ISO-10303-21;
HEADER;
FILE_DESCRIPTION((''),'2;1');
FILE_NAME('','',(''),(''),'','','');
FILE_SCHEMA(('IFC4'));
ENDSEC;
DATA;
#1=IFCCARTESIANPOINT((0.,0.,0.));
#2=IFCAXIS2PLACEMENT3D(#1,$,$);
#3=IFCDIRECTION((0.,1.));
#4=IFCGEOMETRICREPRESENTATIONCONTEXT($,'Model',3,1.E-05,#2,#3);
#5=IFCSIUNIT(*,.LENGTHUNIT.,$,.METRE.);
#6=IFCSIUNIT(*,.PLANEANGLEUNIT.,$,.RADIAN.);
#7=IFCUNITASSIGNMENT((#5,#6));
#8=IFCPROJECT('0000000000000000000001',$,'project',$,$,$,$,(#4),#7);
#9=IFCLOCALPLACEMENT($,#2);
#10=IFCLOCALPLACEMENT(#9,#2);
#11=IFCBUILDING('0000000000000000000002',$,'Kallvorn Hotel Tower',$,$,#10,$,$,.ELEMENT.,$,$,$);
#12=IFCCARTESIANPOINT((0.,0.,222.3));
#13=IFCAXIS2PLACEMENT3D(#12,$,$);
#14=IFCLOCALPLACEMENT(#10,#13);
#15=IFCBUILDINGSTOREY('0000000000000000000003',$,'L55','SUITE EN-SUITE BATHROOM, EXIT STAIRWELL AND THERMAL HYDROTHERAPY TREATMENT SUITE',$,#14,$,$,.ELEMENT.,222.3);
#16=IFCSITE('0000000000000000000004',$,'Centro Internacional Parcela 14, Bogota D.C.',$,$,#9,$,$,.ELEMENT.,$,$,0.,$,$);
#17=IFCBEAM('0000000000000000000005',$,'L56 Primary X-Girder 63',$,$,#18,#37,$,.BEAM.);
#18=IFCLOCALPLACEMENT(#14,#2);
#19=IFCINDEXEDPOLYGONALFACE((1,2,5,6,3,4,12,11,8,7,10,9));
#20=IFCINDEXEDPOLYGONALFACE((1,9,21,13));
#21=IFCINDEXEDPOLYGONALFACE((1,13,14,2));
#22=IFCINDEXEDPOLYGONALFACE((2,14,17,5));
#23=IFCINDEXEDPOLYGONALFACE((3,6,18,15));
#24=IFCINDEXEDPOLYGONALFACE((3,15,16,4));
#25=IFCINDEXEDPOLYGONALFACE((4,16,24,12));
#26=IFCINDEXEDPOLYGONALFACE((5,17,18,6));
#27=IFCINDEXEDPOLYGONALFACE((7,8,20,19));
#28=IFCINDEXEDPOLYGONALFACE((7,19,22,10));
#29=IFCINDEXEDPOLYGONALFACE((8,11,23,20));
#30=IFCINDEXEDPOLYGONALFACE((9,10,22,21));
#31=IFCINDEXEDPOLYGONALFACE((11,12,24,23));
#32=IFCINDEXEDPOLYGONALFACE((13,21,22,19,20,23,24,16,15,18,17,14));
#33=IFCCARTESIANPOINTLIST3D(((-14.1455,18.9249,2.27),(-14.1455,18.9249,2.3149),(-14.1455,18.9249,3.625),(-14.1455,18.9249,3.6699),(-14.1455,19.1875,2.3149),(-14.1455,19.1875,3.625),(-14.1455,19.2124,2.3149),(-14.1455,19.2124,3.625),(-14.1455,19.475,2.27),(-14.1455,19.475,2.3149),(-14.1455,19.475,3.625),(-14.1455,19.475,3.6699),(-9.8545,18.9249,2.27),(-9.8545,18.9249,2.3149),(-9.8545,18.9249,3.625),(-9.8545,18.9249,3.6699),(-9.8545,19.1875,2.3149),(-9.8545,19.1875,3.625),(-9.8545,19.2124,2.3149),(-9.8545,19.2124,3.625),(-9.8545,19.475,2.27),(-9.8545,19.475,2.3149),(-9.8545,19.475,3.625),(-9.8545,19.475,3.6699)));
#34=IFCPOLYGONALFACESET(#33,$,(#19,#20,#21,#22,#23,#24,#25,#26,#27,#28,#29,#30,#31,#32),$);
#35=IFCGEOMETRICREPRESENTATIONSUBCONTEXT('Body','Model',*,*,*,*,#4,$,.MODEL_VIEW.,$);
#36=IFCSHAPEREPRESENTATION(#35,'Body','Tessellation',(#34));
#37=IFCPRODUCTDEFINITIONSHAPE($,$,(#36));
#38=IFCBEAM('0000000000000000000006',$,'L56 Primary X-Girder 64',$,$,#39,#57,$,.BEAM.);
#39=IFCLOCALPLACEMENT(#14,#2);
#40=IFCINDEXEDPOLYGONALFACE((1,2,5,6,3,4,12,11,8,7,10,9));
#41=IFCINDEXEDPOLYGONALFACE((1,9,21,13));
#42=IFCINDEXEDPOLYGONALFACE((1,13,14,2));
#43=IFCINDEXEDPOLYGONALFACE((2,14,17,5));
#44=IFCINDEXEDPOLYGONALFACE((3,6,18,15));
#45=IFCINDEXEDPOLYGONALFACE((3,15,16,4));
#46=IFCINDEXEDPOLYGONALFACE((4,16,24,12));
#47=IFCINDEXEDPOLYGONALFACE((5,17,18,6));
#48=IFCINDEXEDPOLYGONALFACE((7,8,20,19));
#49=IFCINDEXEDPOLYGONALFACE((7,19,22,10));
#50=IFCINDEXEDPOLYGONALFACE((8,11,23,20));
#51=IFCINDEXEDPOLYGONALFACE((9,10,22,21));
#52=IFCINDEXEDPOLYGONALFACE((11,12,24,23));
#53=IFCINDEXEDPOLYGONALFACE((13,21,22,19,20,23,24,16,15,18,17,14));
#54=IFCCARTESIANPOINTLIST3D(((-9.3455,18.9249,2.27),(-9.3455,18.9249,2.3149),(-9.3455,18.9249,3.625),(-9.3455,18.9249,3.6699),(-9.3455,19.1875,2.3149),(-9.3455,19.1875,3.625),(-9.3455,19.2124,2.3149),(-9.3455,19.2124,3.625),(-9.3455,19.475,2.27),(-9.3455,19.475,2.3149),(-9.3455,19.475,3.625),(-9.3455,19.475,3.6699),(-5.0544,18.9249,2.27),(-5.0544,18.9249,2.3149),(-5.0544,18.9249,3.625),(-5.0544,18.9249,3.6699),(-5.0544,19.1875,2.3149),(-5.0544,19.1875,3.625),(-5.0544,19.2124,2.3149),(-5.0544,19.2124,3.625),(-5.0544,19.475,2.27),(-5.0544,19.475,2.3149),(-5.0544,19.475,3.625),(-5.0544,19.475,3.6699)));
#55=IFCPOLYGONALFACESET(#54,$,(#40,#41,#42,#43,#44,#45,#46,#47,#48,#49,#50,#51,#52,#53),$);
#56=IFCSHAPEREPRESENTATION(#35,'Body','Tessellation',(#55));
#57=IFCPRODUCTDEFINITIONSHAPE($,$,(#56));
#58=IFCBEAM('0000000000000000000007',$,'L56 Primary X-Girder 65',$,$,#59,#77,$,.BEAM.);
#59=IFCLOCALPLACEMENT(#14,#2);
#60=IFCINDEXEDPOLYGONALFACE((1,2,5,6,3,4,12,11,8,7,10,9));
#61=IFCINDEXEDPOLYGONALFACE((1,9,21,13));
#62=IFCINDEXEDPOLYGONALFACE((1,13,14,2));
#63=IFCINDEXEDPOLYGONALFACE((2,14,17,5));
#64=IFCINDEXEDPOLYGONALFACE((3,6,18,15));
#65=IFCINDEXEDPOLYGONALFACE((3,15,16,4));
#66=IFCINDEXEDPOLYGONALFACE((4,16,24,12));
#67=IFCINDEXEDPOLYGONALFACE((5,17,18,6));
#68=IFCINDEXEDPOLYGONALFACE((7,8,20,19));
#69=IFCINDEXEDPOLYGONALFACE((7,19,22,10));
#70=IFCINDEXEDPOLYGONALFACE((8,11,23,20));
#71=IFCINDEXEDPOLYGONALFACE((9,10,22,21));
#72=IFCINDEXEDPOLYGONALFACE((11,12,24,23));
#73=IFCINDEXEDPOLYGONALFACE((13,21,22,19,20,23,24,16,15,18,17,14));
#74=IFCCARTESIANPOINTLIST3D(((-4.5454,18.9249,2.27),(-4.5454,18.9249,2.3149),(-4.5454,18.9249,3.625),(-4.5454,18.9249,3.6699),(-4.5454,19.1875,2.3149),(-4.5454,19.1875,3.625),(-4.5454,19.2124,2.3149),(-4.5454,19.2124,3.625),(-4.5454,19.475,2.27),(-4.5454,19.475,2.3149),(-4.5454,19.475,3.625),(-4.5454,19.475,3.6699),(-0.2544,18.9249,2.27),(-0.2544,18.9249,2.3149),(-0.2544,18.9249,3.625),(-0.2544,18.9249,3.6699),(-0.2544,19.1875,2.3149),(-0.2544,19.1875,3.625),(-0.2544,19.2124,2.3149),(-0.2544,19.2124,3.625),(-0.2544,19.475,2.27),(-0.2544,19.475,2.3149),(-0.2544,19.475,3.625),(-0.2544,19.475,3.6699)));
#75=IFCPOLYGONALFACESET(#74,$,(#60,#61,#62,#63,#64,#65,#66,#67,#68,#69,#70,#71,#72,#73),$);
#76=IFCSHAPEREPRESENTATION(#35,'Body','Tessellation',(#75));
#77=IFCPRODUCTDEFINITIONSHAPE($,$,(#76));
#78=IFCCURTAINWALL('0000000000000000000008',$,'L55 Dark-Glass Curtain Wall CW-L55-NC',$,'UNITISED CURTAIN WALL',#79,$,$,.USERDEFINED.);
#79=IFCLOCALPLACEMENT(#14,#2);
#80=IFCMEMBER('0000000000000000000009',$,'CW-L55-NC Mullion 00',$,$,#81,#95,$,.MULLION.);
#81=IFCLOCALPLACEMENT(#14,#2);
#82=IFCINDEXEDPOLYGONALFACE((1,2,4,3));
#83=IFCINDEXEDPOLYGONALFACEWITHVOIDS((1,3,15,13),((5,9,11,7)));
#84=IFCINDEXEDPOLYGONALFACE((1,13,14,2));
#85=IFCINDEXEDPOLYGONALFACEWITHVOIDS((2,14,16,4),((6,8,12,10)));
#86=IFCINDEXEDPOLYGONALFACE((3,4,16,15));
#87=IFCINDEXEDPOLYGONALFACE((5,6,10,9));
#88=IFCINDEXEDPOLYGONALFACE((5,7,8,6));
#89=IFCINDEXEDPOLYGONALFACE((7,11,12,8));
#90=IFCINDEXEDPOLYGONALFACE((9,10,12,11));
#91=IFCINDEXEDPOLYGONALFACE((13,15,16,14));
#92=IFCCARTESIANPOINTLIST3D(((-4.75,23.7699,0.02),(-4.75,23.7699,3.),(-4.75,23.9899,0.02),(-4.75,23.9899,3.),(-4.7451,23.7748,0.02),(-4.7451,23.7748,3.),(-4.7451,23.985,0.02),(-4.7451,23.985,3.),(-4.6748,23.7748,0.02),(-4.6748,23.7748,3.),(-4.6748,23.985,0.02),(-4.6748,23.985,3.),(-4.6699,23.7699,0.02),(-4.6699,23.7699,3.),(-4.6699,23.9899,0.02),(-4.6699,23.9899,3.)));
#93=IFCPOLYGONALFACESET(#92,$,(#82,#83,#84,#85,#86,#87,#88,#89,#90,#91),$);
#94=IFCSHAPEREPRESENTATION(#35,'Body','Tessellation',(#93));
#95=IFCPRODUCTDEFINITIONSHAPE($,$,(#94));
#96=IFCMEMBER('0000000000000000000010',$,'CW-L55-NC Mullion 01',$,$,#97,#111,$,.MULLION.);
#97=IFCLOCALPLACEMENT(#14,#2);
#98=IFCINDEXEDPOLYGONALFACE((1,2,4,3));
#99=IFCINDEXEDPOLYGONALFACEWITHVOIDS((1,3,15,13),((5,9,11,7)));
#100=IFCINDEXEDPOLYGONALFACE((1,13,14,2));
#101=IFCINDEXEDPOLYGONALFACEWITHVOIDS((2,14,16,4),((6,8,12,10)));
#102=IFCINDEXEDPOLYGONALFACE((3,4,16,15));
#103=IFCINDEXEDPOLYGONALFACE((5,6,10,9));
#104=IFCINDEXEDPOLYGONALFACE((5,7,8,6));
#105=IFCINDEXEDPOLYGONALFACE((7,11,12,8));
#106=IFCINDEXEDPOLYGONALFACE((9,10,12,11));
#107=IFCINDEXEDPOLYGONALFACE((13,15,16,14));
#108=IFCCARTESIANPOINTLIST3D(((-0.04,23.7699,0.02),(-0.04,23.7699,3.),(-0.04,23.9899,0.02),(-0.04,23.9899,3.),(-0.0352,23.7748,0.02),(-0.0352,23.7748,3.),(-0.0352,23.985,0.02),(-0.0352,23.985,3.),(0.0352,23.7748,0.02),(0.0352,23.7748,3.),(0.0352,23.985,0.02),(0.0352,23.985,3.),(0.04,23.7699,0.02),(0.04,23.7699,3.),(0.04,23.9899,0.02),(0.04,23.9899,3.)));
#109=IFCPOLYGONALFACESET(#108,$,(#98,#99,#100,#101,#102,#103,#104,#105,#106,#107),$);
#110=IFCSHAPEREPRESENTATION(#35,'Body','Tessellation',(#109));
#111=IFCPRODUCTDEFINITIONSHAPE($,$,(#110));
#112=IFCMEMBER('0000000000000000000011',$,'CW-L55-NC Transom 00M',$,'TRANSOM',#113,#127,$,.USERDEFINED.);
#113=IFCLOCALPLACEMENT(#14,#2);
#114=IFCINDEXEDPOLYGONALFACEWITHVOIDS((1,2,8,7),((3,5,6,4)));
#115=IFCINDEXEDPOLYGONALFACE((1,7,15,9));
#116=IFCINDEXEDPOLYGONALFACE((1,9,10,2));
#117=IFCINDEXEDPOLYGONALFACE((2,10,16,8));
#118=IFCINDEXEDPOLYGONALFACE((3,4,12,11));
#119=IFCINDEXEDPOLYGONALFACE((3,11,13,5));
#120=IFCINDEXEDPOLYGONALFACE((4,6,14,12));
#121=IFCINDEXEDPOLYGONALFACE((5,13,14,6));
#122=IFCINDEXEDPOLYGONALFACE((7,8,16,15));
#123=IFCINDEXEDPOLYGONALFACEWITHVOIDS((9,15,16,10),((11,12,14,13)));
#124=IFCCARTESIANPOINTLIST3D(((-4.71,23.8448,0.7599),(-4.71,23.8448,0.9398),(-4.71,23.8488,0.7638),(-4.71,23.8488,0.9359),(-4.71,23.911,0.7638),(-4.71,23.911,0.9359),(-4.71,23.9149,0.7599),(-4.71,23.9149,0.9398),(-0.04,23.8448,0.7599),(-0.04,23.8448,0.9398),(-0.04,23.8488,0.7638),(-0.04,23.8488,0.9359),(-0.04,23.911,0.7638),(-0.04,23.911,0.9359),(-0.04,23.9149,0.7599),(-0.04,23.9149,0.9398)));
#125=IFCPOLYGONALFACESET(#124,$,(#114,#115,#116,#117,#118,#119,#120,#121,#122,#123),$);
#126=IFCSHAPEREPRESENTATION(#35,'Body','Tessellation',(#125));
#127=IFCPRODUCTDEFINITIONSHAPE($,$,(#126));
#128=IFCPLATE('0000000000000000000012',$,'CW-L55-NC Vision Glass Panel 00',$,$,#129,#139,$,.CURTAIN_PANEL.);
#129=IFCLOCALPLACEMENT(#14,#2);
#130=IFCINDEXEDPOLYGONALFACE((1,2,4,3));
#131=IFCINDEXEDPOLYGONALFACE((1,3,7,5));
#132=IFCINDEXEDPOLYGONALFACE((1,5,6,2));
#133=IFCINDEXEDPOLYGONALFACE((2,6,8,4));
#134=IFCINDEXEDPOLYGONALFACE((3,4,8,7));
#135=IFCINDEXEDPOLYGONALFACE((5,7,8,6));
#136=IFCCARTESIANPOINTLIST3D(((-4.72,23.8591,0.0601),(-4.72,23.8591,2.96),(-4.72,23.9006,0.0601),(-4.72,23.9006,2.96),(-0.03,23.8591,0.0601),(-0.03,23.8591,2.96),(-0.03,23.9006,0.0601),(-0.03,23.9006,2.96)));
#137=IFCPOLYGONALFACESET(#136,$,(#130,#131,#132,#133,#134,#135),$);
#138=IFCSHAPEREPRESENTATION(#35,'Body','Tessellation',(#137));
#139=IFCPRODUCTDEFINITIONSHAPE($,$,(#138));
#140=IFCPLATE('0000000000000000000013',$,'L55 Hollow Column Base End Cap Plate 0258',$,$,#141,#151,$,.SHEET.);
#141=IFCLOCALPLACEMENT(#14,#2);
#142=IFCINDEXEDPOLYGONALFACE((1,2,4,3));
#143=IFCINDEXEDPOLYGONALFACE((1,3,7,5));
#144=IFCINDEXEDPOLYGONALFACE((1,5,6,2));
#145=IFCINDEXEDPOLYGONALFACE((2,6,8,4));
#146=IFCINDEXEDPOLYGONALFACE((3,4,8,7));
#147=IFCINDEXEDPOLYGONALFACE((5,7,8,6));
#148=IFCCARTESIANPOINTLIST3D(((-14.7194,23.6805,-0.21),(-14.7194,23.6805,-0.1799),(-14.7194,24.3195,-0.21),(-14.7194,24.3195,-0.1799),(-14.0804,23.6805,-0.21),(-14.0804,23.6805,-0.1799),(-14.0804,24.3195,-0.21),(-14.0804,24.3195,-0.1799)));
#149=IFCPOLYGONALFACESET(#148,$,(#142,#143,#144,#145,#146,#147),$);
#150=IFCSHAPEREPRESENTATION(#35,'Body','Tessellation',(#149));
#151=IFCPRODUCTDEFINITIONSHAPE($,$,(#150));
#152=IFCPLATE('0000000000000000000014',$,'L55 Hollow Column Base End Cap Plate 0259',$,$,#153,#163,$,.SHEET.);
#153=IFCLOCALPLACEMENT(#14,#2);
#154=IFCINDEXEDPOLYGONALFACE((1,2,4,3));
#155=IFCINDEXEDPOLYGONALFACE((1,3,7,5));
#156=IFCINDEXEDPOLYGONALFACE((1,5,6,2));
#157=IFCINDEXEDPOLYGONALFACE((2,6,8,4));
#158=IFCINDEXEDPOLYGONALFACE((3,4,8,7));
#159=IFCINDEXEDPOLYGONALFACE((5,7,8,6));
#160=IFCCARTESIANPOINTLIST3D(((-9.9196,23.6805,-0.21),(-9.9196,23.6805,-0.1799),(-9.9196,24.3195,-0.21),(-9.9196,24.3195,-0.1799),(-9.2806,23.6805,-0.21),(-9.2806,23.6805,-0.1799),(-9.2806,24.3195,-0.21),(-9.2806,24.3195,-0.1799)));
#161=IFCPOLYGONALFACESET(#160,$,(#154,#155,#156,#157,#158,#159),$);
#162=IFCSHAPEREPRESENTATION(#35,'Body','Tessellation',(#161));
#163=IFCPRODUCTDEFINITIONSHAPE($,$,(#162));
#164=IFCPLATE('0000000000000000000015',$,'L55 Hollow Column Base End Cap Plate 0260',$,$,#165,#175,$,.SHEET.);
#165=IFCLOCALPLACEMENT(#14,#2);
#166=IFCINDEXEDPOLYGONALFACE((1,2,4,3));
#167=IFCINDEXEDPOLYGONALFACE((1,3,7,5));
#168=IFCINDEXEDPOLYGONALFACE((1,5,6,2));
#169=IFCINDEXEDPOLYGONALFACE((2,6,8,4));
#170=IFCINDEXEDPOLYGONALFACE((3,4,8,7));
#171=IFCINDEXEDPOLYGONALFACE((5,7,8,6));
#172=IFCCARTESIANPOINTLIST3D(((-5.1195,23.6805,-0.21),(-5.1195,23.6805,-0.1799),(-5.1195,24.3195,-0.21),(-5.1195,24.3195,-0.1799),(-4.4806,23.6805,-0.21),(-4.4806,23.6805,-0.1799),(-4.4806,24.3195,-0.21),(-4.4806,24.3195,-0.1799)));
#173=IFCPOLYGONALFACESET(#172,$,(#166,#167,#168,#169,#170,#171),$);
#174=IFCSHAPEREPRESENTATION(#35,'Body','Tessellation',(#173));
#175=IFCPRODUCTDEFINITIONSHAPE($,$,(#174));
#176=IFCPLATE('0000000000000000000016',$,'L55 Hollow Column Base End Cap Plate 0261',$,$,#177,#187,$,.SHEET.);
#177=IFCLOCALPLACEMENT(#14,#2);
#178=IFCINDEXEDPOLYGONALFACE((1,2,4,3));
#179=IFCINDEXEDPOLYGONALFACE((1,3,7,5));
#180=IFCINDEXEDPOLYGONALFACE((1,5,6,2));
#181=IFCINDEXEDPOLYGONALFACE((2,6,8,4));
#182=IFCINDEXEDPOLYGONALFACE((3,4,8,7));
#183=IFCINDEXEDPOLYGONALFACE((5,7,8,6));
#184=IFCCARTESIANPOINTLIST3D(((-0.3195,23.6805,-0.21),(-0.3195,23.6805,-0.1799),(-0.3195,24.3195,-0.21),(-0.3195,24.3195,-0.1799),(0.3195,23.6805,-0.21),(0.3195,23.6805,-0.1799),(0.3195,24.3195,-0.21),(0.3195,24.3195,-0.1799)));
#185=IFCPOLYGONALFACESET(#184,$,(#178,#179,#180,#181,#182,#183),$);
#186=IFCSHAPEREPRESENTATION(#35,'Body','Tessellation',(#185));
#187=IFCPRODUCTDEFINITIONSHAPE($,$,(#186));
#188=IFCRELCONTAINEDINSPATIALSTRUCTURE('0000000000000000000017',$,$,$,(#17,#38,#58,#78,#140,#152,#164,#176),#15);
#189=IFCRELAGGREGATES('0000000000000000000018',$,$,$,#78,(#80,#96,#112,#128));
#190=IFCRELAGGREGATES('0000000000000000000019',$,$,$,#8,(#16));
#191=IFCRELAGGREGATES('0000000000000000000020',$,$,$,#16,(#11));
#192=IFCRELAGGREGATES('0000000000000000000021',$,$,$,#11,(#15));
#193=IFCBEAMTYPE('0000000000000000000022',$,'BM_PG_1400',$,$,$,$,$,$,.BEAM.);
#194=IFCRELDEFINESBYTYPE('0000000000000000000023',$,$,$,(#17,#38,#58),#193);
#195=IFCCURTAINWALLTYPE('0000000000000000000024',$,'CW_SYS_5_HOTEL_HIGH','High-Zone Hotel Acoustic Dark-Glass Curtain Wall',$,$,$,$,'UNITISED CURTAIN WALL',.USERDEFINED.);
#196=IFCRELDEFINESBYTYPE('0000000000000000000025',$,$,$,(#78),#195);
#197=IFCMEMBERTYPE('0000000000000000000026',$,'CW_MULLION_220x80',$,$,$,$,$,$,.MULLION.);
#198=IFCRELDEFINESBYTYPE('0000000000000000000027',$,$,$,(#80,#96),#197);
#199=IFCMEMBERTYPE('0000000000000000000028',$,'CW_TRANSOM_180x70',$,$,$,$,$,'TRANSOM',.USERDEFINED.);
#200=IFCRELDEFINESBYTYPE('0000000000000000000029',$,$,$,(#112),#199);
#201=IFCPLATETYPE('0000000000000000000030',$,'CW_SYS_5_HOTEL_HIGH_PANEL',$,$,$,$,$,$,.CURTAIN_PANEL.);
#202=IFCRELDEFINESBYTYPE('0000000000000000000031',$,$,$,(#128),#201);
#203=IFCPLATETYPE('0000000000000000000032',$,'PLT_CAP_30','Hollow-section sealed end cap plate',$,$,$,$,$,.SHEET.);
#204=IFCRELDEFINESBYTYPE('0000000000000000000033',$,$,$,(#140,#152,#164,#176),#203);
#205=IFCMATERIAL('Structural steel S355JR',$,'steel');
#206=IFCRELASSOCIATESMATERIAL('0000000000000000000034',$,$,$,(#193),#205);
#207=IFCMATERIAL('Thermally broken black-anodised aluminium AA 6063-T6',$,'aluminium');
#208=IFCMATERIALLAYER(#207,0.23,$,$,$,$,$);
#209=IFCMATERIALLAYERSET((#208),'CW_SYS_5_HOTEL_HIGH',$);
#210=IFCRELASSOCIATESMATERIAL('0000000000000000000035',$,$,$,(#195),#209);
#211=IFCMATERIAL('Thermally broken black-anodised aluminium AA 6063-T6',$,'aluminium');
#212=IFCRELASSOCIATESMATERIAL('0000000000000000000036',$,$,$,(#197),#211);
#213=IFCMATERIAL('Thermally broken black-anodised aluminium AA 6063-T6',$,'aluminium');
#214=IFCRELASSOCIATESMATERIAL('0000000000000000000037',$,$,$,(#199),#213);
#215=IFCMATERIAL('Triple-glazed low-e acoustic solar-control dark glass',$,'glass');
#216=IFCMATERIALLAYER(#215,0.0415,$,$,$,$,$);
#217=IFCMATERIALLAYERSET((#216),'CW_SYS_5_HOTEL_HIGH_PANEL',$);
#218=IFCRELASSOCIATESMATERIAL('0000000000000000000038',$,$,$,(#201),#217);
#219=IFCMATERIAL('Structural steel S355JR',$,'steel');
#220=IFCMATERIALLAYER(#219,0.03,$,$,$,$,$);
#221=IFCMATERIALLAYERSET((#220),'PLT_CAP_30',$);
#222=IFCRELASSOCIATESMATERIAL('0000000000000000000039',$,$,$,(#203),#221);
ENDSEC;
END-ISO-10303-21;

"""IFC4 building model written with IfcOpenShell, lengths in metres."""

from ifc_helpers import new_model, si_unit, direction, frame, origin, origin_2d, place, context, subcontext, project, spatial, rectangle, hollow_rectangle, i_section, extrude, material, layer, layer_set, material_profile, profile_set, type_object, element, aggregate, save


model = new_model("IFC4")

# Units and contexts
model_context = context("Model", 3, precision=1e-05, world=origin(), true_north=direction((0.0, 1.0)))
body_context = subcontext(model_context, "Body", "Model", "MODEL_VIEW")
ifc_project = project(units=[si_unit("LENGTHUNIT", "METRE"), si_unit("PLANEANGLEUNIT", "RADIAN")], contexts=[model_context])

# Site, building, storey
site_placement = place(None, origin())
site = spatial("IfcSite", under=ifc_project, at=site_placement, Name="Centro Internacional Parcela 14, Bogota D.C.", CompositionType="ELEMENT", RefElevation=0.0)
building_placement = place(site_placement, origin())
building = spatial("IfcBuilding", under=site, at=building_placement, Name="Kallvorn Hotel Tower", CompositionType="ELEMENT")
storey_placement = place(building_placement, frame((0.0, 0.0, 222.3)))
storey = spatial("IfcBuildingStorey", under=building, at=storey_placement, Name="L55", Description="SUITE EN-SUITE BATHROOM, EXIT STAIRWELL AND THERMAL HYDROTHERAPY TREATMENT SUITE", CompositionType="ELEMENT", Elevation=222.3)

# Beams
ifc_material_1 = material(Name="Structural steel S355JR", Category="steel")
ifc_material_profile_1 = material_profile(ifc_material_1, i_section(OverallWidth=0.55, OverallDepth=1.3999, WebThickness=0.0249, FlangeThickness=0.0449, at=origin_2d()), Name="PG 1400x550x25x45")
ifc_profile_set_1 = profile_set([ifc_material_profile_1], Name="Structural steel S355JR")
beam_type_1 = type_object("IfcBeamType", Name="BM_PG_1400", PredefinedType="BEAM", material=ifc_profile_set_1)
for number, where, z_axis, x_axis, name in (
    (1, (-14.1455, 19.2, 2.97), (1.0, 0.0, 0.0), (0.0, 1.0, 0.0), "L56 Primary X-Girder 63"),
    (2, (-9.3455, 19.2, 2.97), (1.0, 0.0, 0.0), (0.0, 1.0, 0.0), "L56 Primary X-Girder 64"),
    (3, (-4.5454, 19.2, 2.97), (1.0, 0.0, 0.0), (0.0, 1.0, 0.0), "L56 Primary X-Girder 65"),
):
    element("IfcBeam", number, at=place(storey_placement, frame(where, z_axis=z_axis, x_axis=x_axis)), inside=storey, type_object=beam_type_1, Name=name, PredefinedType="BEAM", context=body_context, shape_type="SweptSolid", body=[
        extrude(i_section(OverallWidth=0.55, OverallDepth=1.3999, WebThickness=0.0249, FlangeThickness=0.0449, at=origin_2d()), origin(), (0.0, 0.0, 1.0), 4.291),
    ])

# Curtain wall, members, plate
ifc_material_2 = material(Name="Thermally broken black-anodised aluminium AA 6063-T6", Category="aluminium")
ifc_layer_1 = layer(ifc_material_2, 0.23)
ifc_layer_set_1 = layer_set([ifc_layer_1], Name="CW_SYS_5_HOTEL_HIGH")
curtain_wall_type = type_object("IfcCurtainWallType", Name="CW_SYS_5_HOTEL_HIGH", Description="High-Zone Hotel Acoustic Dark-Glass Curtain Wall", ElementType="UNITISED CURTAIN WALL", PredefinedType="USERDEFINED", material=ifc_layer_set_1)
curtain_wall_placement = place(storey_placement, origin())
curtain_wall = element("IfcCurtainWall", 4, at=curtain_wall_placement, inside=storey, type_object=curtain_wall_type, Name="L55 Dark-Glass Curtain Wall CW-L55-NC", ObjectType="UNITISED CURTAIN WALL", PredefinedType="USERDEFINED")
ifc_material_3 = material(Name="Thermally broken black-anodised aluminium AA 6063-T6", Category="aluminium")
ifc_material_profile_2 = material_profile(ifc_material_3, hollow_rectangle(XDim=0.0801, YDim=0.22, WallThickness=0.0049, at=origin_2d()), Name="MUL 220x80")
ifc_profile_set_2 = profile_set([ifc_material_profile_2], Name="Thermally broken black-anodised aluminium AA 6063-T6")
member_type_1 = type_object("IfcMemberType", Name="CW_MULLION_220x80", PredefinedType="MULLION", material=ifc_profile_set_2)
member_1_placement = place(storey_placement, frame((-4.71, 23.8799, 0.02), z_axis=(0.0, 0.0, 1.0), x_axis=(1.0, 0.0, 0.0)))
member_1 = element("IfcMember", 5, at=member_1_placement, type_object=member_type_1, Name="CW-L55-NC Mullion 00", PredefinedType="MULLION", context=body_context, shape_type="SweptSolid", body=[
    extrude(hollow_rectangle(XDim=0.0801, YDim=0.22, WallThickness=0.0049, at=origin_2d()), origin(), (0.0, 0.0, 1.0), 2.98),
])
member_2_placement = place(storey_placement, frame((0.0, 23.8799, 0.02), z_axis=(0.0, 0.0, 1.0), x_axis=(1.0, 0.0, 0.0)))
member_2 = element("IfcMember", 6, at=member_2_placement, type_object=member_type_1, Name="CW-L55-NC Mullion 01", PredefinedType="MULLION", context=body_context, shape_type="SweptSolid", body=[
    extrude(hollow_rectangle(XDim=0.0801, YDim=0.22, WallThickness=0.0049, at=origin_2d()), origin(), (0.0, 0.0, 1.0), 2.98),
])
ifc_material_4 = material(Name="Thermally broken black-anodised aluminium AA 6063-T6", Category="aluminium")
ifc_material_profile_3 = material_profile(ifc_material_4, hollow_rectangle(XDim=0.0701, YDim=0.1799, WallThickness=0.0039, at=origin_2d()), Name="TRN 180x70")
ifc_profile_set_3 = profile_set([ifc_material_profile_3], Name="Thermally broken black-anodised aluminium AA 6063-T6")
member_type_2 = type_object("IfcMemberType", Name="CW_TRANSOM_180x70", ElementType="TRANSOM", PredefinedType="USERDEFINED", material=ifc_profile_set_3)
member_3_placement = place(storey_placement, frame((-4.71, 23.8799, 0.8499), z_axis=(1.0, 0.0, 0.0), x_axis=(0.0, 1.0, 0.0)))
member_3 = element("IfcMember", 7, at=member_3_placement, type_object=member_type_2, Name="CW-L55-NC Transom 00M", ObjectType="TRANSOM", PredefinedType="USERDEFINED", context=body_context, shape_type="SweptSolid", body=[
    extrude(hollow_rectangle(XDim=0.0701, YDim=0.1799, WallThickness=0.0039, at=origin_2d()), origin(), (0.0, 0.0, 1.0), 4.6699),
])
ifc_material_5 = material(Name="Triple-glazed low-e acoustic solar-control dark glass", Category="glass")
ifc_layer_2 = layer(ifc_material_5, 0.0415)
ifc_layer_set_2 = layer_set([ifc_layer_2], Name="CW_SYS_5_HOTEL_HIGH_PANEL")
plate_type_1 = type_object("IfcPlateType", Name="CW_SYS_5_HOTEL_HIGH_PANEL", PredefinedType="CURTAIN_PANEL", material=ifc_layer_set_2)
plate_placement = place(storey_placement, frame((-2.375, 23.8799, 0.0601), z_axis=(0.0, 0.0, 1.0), x_axis=(1.0, 0.0, 0.0)))
plate = element("IfcPlate", 8, at=plate_placement, type_object=plate_type_1, Name="CW-L55-NC Vision Glass Panel 00", PredefinedType="CURTAIN_PANEL", context=body_context, shape_type="SweptSolid", body=[
    extrude(rectangle(XDim=4.6899, YDim=0.0415, at=origin_2d()), origin(), (0.0, 0.0, 1.0), 2.8999),
])
aggregate(curtain_wall, [member_1, member_2, member_3, plate])

# Plates
ifc_material_6 = material(Name="Structural steel S355JR", Category="steel")
ifc_layer_3 = layer(ifc_material_6, 0.03)
ifc_layer_set_3 = layer_set([ifc_layer_3], Name="PLT_CAP_30")
plate_type_2 = type_object("IfcPlateType", Name="PLT_CAP_30", Description="Hollow-section sealed end cap plate", PredefinedType="SHEET", material=ifc_layer_set_3)
for number, where, z_axis, x_axis, name in (
    (9, (-14.3999, 24.0, -0.21), (0.0, 0.0, 1.0), (1.0, 0.0, 0.0), "L55 Hollow Column Base End Cap Plate 0258"),
    (10, (-9.6001, 24.0, -0.21), (0.0, 0.0, 1.0), (1.0, 0.0, 0.0), "L55 Hollow Column Base End Cap Plate 0259"),
    (11, (-4.8, 24.0, -0.21), (0.0, 0.0, 1.0), (1.0, 0.0, 0.0), "L55 Hollow Column Base End Cap Plate 0260"),
    (12, (0.0, 24.0, -0.21), (0.0, 0.0, 1.0), (1.0, 0.0, 0.0), "L55 Hollow Column Base End Cap Plate 0261"),
):
    element("IfcPlate", number, at=place(storey_placement, frame(where, z_axis=z_axis, x_axis=x_axis)), inside=storey, type_object=plate_type_2, Name=name, PredefinedType="SHEET", context=body_context, shape_type="SweptSolid", body=[
        extrude(rectangle(XDim=0.6389, YDim=0.6389, at=origin_2d()), origin(), (0.0, 0.0, 1.0), 0.03),
    ])

save(model, "model.ifc")
